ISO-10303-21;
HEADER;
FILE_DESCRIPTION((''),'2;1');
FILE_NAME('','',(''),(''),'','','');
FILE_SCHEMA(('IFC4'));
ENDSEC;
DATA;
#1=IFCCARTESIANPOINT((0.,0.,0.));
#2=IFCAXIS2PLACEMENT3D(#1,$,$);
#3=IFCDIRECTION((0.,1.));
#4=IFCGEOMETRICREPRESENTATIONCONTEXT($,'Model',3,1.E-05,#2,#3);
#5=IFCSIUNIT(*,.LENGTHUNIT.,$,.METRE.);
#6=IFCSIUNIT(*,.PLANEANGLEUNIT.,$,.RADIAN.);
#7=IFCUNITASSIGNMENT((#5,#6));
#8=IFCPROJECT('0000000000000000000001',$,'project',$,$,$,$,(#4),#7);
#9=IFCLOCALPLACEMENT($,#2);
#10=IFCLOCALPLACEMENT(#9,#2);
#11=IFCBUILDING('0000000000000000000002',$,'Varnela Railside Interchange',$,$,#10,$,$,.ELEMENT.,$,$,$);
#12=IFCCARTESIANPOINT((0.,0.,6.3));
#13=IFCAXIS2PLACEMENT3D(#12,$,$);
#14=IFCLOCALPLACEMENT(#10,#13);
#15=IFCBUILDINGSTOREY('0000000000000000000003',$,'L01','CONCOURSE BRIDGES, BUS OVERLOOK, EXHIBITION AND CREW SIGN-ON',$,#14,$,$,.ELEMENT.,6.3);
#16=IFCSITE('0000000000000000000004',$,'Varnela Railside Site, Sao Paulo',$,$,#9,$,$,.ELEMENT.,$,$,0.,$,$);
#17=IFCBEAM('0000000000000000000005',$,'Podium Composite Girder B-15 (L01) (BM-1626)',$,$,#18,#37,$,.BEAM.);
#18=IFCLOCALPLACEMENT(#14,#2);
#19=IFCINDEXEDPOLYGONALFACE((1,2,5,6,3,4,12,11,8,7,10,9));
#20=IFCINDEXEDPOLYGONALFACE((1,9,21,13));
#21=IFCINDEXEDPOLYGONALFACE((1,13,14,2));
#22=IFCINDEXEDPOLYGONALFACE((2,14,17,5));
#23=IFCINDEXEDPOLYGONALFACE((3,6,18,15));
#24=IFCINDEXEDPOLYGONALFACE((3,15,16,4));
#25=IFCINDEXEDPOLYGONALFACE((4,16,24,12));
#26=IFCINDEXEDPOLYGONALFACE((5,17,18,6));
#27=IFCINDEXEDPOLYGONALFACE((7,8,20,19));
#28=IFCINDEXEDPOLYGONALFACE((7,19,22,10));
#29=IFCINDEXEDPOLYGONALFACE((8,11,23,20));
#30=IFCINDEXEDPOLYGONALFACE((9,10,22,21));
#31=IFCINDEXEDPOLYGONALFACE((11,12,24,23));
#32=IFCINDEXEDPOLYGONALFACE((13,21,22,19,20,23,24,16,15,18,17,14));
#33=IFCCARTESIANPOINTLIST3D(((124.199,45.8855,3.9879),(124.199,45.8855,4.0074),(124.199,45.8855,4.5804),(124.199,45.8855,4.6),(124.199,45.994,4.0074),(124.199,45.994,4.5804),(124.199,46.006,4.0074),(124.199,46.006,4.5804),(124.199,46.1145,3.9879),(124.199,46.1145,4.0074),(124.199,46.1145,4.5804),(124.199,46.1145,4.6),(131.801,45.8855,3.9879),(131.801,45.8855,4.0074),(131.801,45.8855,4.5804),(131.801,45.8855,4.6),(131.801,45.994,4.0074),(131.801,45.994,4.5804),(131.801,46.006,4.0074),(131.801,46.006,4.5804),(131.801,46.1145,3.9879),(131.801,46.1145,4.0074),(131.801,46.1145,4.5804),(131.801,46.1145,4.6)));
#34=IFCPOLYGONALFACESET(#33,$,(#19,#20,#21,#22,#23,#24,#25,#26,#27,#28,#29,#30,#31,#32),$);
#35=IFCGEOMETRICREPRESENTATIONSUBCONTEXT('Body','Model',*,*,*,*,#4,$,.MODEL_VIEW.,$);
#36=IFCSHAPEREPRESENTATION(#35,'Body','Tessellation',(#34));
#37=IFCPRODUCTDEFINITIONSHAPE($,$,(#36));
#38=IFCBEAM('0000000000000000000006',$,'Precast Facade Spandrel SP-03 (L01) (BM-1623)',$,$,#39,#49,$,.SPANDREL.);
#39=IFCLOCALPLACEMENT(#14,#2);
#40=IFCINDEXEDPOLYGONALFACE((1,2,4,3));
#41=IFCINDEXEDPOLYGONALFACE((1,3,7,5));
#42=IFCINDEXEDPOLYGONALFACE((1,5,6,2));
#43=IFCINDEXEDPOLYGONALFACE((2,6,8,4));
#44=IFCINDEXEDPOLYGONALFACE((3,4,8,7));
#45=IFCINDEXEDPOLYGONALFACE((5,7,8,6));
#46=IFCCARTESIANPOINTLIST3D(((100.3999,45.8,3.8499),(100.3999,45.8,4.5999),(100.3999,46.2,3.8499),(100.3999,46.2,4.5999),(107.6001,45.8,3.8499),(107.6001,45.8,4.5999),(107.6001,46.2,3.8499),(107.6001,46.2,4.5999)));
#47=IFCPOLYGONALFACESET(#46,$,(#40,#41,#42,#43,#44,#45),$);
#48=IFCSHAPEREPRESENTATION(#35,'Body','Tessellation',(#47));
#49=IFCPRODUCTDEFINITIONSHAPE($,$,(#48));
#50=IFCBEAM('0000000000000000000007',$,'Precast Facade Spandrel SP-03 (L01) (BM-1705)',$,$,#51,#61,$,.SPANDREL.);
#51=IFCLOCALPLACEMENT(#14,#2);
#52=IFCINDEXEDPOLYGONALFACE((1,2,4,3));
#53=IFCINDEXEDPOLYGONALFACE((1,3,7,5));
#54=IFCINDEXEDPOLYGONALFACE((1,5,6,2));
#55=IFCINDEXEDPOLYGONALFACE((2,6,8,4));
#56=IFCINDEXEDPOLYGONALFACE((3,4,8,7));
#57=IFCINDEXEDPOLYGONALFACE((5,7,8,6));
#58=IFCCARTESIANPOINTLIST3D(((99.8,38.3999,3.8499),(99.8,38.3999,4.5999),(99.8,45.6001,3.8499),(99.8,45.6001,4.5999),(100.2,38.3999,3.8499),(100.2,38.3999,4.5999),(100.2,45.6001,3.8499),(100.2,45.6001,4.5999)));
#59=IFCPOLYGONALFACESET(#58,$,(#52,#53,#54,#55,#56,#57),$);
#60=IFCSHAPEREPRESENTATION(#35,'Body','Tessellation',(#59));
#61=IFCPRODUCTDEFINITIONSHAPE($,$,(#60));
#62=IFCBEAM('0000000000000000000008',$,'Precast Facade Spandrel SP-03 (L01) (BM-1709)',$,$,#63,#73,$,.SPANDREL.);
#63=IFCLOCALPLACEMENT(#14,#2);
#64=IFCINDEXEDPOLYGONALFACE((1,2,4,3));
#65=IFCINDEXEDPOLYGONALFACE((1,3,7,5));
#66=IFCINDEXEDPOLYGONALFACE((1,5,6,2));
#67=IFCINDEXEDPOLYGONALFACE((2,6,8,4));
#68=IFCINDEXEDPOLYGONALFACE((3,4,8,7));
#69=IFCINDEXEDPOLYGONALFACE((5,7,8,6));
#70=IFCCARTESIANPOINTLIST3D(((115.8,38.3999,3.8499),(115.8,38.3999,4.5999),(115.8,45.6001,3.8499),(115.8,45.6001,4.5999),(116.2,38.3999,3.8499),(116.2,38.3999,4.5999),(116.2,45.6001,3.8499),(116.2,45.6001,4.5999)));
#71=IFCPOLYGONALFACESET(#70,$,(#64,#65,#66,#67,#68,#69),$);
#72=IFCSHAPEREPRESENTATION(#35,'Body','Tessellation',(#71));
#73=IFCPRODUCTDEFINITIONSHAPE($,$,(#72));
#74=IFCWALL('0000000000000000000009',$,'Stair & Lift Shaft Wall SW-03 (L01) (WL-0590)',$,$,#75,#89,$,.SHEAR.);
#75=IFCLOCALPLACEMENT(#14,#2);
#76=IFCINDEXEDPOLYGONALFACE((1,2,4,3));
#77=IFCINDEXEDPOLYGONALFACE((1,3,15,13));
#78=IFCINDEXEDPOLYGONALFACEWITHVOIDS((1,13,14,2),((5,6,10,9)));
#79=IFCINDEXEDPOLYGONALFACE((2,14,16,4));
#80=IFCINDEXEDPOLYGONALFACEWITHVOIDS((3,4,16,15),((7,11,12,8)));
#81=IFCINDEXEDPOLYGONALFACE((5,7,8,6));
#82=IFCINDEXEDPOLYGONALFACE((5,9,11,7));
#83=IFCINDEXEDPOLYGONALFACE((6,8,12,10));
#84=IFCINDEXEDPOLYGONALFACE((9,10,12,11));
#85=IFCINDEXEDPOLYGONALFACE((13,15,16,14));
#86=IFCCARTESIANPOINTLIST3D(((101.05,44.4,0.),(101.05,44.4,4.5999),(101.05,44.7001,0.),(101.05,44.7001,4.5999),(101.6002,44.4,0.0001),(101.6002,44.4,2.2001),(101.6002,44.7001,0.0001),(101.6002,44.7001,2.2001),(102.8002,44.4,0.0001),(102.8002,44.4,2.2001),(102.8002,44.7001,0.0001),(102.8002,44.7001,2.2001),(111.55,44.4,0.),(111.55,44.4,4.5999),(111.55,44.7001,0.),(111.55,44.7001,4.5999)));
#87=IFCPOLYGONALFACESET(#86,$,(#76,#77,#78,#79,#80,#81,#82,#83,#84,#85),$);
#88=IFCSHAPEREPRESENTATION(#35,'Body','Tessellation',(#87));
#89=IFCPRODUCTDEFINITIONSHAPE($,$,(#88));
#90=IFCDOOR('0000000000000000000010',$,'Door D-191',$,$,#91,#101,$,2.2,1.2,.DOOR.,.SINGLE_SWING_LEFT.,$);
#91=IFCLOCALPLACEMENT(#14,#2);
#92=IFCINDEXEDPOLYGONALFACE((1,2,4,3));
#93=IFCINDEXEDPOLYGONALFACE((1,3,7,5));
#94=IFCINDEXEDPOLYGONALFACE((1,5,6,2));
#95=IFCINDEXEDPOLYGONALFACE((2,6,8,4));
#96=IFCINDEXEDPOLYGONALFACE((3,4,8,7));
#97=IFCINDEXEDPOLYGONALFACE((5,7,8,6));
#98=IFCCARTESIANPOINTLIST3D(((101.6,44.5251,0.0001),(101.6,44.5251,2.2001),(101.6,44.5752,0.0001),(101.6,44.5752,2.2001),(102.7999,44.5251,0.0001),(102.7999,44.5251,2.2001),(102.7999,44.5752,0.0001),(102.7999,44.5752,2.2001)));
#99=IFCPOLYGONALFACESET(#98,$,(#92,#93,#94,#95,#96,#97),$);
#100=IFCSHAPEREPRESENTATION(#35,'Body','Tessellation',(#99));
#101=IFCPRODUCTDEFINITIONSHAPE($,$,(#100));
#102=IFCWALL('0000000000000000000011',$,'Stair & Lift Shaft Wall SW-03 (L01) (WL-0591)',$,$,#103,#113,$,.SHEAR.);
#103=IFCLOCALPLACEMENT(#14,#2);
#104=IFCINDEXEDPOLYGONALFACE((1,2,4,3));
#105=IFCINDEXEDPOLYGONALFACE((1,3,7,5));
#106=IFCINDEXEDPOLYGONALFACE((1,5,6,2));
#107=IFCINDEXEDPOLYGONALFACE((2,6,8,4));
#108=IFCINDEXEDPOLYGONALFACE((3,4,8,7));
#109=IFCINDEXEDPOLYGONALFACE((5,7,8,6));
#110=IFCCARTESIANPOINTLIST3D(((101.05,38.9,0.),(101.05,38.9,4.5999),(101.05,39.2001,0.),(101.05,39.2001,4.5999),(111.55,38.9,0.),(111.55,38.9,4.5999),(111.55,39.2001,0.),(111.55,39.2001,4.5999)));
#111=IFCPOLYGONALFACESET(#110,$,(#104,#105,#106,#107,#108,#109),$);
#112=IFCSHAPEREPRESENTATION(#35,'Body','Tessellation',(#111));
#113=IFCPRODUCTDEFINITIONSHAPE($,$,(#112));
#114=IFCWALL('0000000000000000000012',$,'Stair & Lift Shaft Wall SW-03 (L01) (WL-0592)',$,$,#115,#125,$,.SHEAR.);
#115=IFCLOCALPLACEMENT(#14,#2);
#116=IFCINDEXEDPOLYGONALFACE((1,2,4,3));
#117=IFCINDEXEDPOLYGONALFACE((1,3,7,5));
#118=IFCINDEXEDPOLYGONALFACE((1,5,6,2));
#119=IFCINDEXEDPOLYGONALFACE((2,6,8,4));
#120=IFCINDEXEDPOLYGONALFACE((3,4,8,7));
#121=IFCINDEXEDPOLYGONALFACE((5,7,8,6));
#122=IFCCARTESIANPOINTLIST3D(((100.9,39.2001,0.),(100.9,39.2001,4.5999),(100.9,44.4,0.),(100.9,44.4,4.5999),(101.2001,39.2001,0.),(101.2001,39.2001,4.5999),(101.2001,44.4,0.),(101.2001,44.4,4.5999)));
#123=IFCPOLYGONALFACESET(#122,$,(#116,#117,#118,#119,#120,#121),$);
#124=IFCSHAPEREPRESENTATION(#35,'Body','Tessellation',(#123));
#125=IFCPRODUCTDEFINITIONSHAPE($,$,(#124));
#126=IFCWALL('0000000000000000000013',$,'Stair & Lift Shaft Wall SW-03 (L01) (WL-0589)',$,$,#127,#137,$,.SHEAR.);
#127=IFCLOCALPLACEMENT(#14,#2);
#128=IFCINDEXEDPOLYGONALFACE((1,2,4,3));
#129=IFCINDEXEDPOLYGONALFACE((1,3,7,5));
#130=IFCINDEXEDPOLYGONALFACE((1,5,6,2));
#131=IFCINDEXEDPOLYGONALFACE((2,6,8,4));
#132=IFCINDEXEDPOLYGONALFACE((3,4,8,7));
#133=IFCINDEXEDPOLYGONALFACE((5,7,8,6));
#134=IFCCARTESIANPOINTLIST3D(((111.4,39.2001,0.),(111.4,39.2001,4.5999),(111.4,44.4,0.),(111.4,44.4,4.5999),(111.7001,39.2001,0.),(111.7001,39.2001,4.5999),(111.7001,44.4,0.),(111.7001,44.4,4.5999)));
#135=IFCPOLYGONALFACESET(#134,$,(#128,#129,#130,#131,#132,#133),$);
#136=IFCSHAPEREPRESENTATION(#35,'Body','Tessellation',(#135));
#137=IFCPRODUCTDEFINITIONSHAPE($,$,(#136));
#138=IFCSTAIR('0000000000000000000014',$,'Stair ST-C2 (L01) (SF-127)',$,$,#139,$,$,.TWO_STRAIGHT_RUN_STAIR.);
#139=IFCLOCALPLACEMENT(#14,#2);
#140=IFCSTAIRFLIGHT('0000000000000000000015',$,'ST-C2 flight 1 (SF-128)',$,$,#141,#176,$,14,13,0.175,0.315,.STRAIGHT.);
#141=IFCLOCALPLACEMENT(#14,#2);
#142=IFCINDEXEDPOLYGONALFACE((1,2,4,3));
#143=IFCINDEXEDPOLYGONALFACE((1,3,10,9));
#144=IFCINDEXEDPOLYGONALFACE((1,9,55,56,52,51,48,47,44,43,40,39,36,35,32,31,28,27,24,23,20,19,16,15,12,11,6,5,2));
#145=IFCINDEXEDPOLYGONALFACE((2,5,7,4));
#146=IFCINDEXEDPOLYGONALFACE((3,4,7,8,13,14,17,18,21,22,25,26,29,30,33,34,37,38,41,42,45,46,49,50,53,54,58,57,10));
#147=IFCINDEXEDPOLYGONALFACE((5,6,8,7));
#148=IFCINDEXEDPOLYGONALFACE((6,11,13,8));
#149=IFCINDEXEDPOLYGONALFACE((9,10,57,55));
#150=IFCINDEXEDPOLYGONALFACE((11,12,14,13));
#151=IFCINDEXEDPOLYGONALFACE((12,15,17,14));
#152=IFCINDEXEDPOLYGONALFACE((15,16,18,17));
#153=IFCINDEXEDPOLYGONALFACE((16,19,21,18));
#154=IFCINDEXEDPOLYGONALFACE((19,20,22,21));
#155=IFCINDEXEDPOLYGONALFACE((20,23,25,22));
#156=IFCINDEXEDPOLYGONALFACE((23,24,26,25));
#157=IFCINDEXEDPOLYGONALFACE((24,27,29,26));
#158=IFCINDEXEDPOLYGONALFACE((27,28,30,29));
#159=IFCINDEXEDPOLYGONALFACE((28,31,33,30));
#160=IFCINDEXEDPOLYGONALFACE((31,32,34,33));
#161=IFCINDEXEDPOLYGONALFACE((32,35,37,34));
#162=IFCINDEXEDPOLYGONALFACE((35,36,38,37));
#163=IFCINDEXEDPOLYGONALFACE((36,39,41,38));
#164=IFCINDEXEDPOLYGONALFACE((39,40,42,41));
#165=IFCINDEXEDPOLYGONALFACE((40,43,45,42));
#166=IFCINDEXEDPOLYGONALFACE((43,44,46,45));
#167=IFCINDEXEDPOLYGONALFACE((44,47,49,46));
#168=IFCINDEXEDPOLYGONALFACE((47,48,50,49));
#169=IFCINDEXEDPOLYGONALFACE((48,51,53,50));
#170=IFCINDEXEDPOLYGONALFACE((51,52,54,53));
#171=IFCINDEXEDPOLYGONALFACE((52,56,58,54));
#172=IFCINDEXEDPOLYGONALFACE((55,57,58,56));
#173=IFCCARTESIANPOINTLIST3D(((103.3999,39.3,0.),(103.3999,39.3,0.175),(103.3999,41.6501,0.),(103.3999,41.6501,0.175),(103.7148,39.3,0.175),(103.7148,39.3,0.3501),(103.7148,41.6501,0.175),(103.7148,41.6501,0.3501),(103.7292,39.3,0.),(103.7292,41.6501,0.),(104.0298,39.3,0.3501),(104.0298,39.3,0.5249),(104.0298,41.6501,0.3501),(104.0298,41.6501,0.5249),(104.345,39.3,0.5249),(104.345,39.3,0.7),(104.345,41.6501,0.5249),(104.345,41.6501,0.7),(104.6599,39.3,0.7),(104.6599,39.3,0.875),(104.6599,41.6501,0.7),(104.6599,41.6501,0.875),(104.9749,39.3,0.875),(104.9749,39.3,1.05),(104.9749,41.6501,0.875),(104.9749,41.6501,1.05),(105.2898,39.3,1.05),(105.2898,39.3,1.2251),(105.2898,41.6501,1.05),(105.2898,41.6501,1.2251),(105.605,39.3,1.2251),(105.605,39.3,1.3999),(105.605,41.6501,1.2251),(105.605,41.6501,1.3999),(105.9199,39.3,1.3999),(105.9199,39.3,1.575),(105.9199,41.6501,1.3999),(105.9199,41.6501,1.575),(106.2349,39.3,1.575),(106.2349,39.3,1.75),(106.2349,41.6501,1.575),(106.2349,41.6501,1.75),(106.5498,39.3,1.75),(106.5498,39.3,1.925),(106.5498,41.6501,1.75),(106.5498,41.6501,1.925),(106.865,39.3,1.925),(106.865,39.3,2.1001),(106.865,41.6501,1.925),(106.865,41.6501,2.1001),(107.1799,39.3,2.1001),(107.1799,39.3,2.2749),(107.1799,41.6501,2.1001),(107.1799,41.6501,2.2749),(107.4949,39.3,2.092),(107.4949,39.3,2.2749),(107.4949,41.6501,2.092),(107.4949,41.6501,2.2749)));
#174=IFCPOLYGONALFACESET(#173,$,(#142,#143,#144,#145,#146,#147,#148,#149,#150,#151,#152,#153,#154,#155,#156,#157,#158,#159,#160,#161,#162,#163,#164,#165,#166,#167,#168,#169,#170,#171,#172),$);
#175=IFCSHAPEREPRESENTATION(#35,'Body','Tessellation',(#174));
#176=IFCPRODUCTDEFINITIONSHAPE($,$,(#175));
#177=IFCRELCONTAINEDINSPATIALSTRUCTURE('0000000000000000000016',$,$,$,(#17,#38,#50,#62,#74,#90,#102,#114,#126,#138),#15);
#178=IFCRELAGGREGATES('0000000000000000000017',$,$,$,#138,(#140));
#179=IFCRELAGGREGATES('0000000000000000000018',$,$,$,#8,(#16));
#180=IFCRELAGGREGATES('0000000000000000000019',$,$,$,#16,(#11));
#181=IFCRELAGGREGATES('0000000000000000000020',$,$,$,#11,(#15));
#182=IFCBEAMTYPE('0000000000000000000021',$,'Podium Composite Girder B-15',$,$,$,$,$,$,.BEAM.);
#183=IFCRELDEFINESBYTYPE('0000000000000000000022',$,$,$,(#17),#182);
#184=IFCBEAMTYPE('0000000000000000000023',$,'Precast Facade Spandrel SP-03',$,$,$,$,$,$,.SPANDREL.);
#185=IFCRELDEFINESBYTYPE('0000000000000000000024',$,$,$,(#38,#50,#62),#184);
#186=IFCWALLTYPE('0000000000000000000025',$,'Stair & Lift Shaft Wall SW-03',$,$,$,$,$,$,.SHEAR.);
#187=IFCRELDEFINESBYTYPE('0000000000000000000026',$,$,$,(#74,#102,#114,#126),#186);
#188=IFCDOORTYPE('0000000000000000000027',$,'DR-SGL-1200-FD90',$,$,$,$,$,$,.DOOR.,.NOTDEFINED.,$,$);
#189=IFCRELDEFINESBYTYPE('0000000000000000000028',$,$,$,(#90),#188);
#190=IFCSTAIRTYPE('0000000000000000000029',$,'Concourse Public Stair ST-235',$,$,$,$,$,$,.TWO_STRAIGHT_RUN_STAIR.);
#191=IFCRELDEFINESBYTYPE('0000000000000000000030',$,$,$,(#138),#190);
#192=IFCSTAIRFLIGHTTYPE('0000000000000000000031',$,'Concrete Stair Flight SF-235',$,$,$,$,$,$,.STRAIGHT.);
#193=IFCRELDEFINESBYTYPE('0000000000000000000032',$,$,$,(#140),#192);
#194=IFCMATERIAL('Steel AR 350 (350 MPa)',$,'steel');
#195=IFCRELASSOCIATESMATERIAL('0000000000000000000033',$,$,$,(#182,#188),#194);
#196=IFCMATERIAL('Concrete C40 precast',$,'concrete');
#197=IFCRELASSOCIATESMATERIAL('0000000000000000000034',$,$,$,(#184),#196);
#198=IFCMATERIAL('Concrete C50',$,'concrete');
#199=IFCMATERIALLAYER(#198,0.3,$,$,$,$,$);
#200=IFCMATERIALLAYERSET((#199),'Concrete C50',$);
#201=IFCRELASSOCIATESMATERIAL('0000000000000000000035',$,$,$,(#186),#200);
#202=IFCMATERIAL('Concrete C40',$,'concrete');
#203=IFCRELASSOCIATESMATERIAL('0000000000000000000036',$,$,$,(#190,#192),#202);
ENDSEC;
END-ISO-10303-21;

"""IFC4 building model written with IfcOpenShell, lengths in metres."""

from ifc_helpers import new_model, si_unit, direction, frame, frame_2d, origin, origin_2d, place, context, subcontext, project, spatial, polyline, rectangle, i_section, outline, extrude, material, layer, layer_set, material_profile, profile_set, type_object, element, fill, aggregate, save


model = new_model("IFC4")

# Units and contexts
model_context = context("Model", 3, precision=1e-05, world=origin(), true_north=direction((0.0, 1.0)))
body_context = subcontext(model_context, "Body", "Model", "MODEL_VIEW")
ifc_project = project(units=[si_unit("LENGTHUNIT", "METRE"), si_unit("PLANEANGLEUNIT", "RADIAN")], contexts=[model_context])

# Site, building, storey
site_placement = place(None, origin())
site = spatial("IfcSite", under=ifc_project, at=site_placement, Name="Varnela Railside Site, Sao Paulo", CompositionType="ELEMENT", RefElevation=0.0)
building_placement = place(site_placement, origin())
building = spatial("IfcBuilding", under=site, at=building_placement, Name="Varnela Railside Interchange", CompositionType="ELEMENT")
storey_placement = place(building_placement, frame((0.0, 0.0, 6.3)))
storey = spatial("IfcBuildingStorey", under=building, at=storey_placement, Name="L01", Description="CONCOURSE BRIDGES, BUS OVERLOOK, EXHIBITION AND CREW SIGN-ON", CompositionType="ELEMENT", Elevation=6.3)

# Shared definitions
ifc_material_1 = material(Name="Concrete C50", Category="concrete")
ifc_material_2 = material(Name="Steel AR 350 (350 MPa)", Category="steel")

# Beams
ifc_material_3 = material(Name="Concrete C40", Category="concrete")
ifc_material_profile_1 = material_profile(ifc_material_2, i_section(OverallWidth=0.229, OverallDepth=0.6121, WebThickness=0.012, FlangeThickness=0.0195, at=origin_2d()), Name="W610x125")
ifc_profile_set_1 = profile_set([ifc_material_profile_1], Name="Steel AR 350 (350 MPa)")
beam_type_1 = type_object("IfcBeamType", Name="Podium Composite Girder B-15", PredefinedType="BEAM", material=ifc_profile_set_1)
beam_1_placement = place(storey_placement, frame((124.199, 46.0, 4.2939), z_axis=(1.0, 0.0, 0.0), x_axis=(0.0, 1.0, 0.0)))
element("IfcBeam", 1, at=beam_1_placement, inside=storey, type_object=beam_type_1, Name="Podium Composite Girder B-15 (L01) (BM-1626)", PredefinedType="BEAM", context=body_context, shape_type="SweptSolid", body=[
    extrude(i_section(OverallWidth=0.229, OverallDepth=0.6121, WebThickness=0.012, FlangeThickness=0.0195, at=origin_2d()), origin(), (0.0, 0.0, 1.0), 7.6021),
])
ifc_material_4 = material(Name="Concrete C40 precast", Category="concrete")
ifc_material_profile_2 = material_profile(ifc_material_4, rectangle(XDim=0.3999, YDim=0.75, at=origin_2d()), Name="PC 400x750")
ifc_profile_set_2 = profile_set([ifc_material_profile_2], Name="Concrete C40 precast")
beam_type_2 = type_object("IfcBeamType", Name="Precast Facade Spandrel SP-03", PredefinedType="SPANDREL", material=ifc_profile_set_2)
for number, where, z_axis, x_axis, name in (
    (2, (100.3999, 46.0, 4.2249), (1.0, 0.0, 0.0), (0.0, 1.0, 0.0), "Precast Facade Spandrel SP-03 (L01) (BM-1623)"),
    (3, (100.0, 38.3999, 4.2249), (0.0, 1.0, 0.0), (-1.0, 0.0, 0.0), "Precast Facade Spandrel SP-03 (L01) (BM-1705)"),
    (4, (116.0, 38.3999, 4.2249), (0.0, 1.0, 0.0), (-1.0, 0.0, 0.0), "Precast Facade Spandrel SP-03 (L01) (BM-1709)"),
):
    element("IfcBeam", number, at=place(storey_placement, frame(where, z_axis=z_axis, x_axis=x_axis)), inside=storey, type_object=beam_type_2, Name=name, PredefinedType="SPANDREL", context=body_context, shape_type="SweptSolid", body=[
        extrude(rectangle(XDim=0.3999, YDim=0.75, at=origin_2d()), origin(), (0.0, 0.0, 1.0), 7.2002),
    ])

# Wall, opening, door
ifc_layer = layer(ifc_material_1, 0.3)
ifc_layer_set = layer_set([ifc_layer], Name="Concrete C50")
wall_type = type_object("IfcWallType", Name="Stair & Lift Shaft Wall SW-03", PredefinedType="SHEAR", material=ifc_layer_set)
wall_1_placement = place(storey_placement, frame((101.05, 44.55, 0.0), z_axis=(0.0, 0.0, 1.0), x_axis=(1.0, 0.0, 0.0)))
wall_1 = element("IfcWall", 5, at=wall_1_placement, inside=storey, type_object=wall_type, Name="Stair & Lift Shaft Wall SW-03 (L01) (WL-0590)", PredefinedType="SHEAR", context=body_context, shape_type="SweptSolid", body=[
    extrude(rectangle(XDim=10.5, YDim=0.3, at=frame_2d((5.25, 0.0))), origin(), (0.0, 0.0, 1.0), 4.5999),
])
opening_placement = place(wall_1_placement, frame((0.55, 0.0, 0.0)))
opening = element("IfcOpeningElement", 6, at=opening_placement, cuts=wall_1, PredefinedType="OPENING", context=body_context, shape_type="SweptSolid", body=[
    extrude(rectangle(XDim=1.2, YDim=2.2, at=frame_2d((0.6001, 1.1001))), frame((0.0, 0.1599, 0.0), z_axis=(0.0, -1.0, 0.0), x_axis=(1.0, 0.0, 0.0)), (0.0, 0.0, 1.0), 0.3201),
])
door_type = type_object("IfcDoorType", Name="DR-SGL-1200-FD90", OperationType="NOTDEFINED", PredefinedType="DOOR", material=ifc_material_2)
door_placement = place(opening_placement, frame((1.2, 0.0, 0.0), z_axis=(0.0, 0.0, 1.0), x_axis=(-1.0, 0.0, 0.0)))
door = element("IfcDoor", 7, at=door_placement, inside=storey, type_object=door_type, Name="Door D-191", OperationType="SINGLE_SWING_LEFT", OverallHeight=2.2, OverallWidth=1.2, PredefinedType="DOOR", context=body_context, shape_type="SweptSolid", body=[
    extrude(rectangle(XDim=1.2, YDim=2.2, at=frame_2d((0.6001, 1.1001))), frame((0.0, 0.0249, 0.0), z_axis=(0.0, -1.0, 0.0), x_axis=(1.0, 0.0, 0.0)), (0.0, 0.0, 1.0), 0.05),
])
fill(opening, door)

# Walls
wall_2_placement = place(storey_placement, frame((101.05, 39.05, 0.0), z_axis=(0.0, 0.0, 1.0), x_axis=(1.0, 0.0, 0.0)))
element("IfcWall", 8, at=wall_2_placement, inside=storey, type_object=wall_type, Name="Stair & Lift Shaft Wall SW-03 (L01) (WL-0591)", PredefinedType="SHEAR", context=body_context, shape_type="SweptSolid", body=[
    extrude(rectangle(XDim=10.5, YDim=0.3, at=frame_2d((5.25, 0.0))), origin(), (0.0, 0.0, 1.0), 4.5999),
])
for number, where, z_axis, x_axis, name in (
    (9, (101.05, 39.2, 0.0), (0.0, 0.0, 1.0), (0.0, 1.0, 0.0), "Stair & Lift Shaft Wall SW-03 (L01) (WL-0592)"),
    (10, (111.55, 39.2, 0.0), (0.0, 0.0, 1.0), (0.0, 1.0, 0.0), "Stair & Lift Shaft Wall SW-03 (L01) (WL-0589)"),
):
    element("IfcWall", number, at=place(storey_placement, frame(where, z_axis=z_axis, x_axis=x_axis)), inside=storey, type_object=wall_type, Name=name, PredefinedType="SHEAR", context=body_context, shape_type="SweptSolid", body=[
        extrude(rectangle(XDim=5.2, YDim=0.3, at=frame_2d((2.6001, 0.0))), origin(), (0.0, 0.0, 1.0), 4.5999),
    ])

# Stair, stair flight
stair_type = type_object("IfcStairType", Name="Concourse Public Stair ST-235", PredefinedType="TWO_STRAIGHT_RUN_STAIR", material=ifc_material_3)
stair_placement = place(storey_placement, origin())
stair = element("IfcStair", 11, at=stair_placement, inside=storey, type_object=stair_type, Name="Stair ST-C2 (L01) (SF-127)", PredefinedType="TWO_STRAIGHT_RUN_STAIR")
stair_flight_type = type_object("IfcStairFlightType", Name="Concrete Stair Flight SF-235", PredefinedType="STRAIGHT", material=ifc_material_3)
stair_flight_1_placement = place(storey_placement, frame((103.3999, 40.4751, 0.0), z_axis=(0.0, 0.0, 1.0), x_axis=(1.0, 0.0, 0.0)))
stair_flight_1 = element("IfcStairFlight", 12, at=stair_flight_1_placement, type_object=stair_flight_type, Name="ST-C2 flight 1 (SF-128)", NumberOfRisers=14, NumberOfTreads=13, PredefinedType="STRAIGHT", RiserHeight=0.175, TreadLength=0.315, context=body_context, shape_type="SweptSolid", body=[
    extrude(outline(polyline([(0.0, 0.0), (0.0, 0.175), (0.3149, 0.175), (0.3149, 0.3501), (0.6299, 0.3501), (0.6299, 0.5249), (0.9451, 0.5249), (0.9451, 0.7), (1.26, 0.7), (1.26, 0.875), (1.575, 0.875), (1.575, 1.05), (1.8899, 1.05), (1.8899, 1.2251), (2.2051, 1.2251), (2.2051, 1.3999), (2.52, 1.3999), (2.52, 1.575), (2.835, 1.575), (2.835, 1.75), (3.1499, 1.75), (3.1499, 1.925), (3.4651, 1.925), (3.4651, 2.1001), (3.78, 2.1001), (3.78, 2.2749), (4.095, 2.2749), (4.095, 2.45), (4.095, 2.092), (0.3293, 0.0), (0.0, 0.0)])), frame((0.0, 1.175, 0.0), z_axis=(0.0, -1.0, 0.0), x_axis=(1.0, 0.0, 0.0)), (0.0, 0.0, 1.0), 2.3501),
])
aggregate(stair, [stair_flight_1])

save(model, "model.ifc")
